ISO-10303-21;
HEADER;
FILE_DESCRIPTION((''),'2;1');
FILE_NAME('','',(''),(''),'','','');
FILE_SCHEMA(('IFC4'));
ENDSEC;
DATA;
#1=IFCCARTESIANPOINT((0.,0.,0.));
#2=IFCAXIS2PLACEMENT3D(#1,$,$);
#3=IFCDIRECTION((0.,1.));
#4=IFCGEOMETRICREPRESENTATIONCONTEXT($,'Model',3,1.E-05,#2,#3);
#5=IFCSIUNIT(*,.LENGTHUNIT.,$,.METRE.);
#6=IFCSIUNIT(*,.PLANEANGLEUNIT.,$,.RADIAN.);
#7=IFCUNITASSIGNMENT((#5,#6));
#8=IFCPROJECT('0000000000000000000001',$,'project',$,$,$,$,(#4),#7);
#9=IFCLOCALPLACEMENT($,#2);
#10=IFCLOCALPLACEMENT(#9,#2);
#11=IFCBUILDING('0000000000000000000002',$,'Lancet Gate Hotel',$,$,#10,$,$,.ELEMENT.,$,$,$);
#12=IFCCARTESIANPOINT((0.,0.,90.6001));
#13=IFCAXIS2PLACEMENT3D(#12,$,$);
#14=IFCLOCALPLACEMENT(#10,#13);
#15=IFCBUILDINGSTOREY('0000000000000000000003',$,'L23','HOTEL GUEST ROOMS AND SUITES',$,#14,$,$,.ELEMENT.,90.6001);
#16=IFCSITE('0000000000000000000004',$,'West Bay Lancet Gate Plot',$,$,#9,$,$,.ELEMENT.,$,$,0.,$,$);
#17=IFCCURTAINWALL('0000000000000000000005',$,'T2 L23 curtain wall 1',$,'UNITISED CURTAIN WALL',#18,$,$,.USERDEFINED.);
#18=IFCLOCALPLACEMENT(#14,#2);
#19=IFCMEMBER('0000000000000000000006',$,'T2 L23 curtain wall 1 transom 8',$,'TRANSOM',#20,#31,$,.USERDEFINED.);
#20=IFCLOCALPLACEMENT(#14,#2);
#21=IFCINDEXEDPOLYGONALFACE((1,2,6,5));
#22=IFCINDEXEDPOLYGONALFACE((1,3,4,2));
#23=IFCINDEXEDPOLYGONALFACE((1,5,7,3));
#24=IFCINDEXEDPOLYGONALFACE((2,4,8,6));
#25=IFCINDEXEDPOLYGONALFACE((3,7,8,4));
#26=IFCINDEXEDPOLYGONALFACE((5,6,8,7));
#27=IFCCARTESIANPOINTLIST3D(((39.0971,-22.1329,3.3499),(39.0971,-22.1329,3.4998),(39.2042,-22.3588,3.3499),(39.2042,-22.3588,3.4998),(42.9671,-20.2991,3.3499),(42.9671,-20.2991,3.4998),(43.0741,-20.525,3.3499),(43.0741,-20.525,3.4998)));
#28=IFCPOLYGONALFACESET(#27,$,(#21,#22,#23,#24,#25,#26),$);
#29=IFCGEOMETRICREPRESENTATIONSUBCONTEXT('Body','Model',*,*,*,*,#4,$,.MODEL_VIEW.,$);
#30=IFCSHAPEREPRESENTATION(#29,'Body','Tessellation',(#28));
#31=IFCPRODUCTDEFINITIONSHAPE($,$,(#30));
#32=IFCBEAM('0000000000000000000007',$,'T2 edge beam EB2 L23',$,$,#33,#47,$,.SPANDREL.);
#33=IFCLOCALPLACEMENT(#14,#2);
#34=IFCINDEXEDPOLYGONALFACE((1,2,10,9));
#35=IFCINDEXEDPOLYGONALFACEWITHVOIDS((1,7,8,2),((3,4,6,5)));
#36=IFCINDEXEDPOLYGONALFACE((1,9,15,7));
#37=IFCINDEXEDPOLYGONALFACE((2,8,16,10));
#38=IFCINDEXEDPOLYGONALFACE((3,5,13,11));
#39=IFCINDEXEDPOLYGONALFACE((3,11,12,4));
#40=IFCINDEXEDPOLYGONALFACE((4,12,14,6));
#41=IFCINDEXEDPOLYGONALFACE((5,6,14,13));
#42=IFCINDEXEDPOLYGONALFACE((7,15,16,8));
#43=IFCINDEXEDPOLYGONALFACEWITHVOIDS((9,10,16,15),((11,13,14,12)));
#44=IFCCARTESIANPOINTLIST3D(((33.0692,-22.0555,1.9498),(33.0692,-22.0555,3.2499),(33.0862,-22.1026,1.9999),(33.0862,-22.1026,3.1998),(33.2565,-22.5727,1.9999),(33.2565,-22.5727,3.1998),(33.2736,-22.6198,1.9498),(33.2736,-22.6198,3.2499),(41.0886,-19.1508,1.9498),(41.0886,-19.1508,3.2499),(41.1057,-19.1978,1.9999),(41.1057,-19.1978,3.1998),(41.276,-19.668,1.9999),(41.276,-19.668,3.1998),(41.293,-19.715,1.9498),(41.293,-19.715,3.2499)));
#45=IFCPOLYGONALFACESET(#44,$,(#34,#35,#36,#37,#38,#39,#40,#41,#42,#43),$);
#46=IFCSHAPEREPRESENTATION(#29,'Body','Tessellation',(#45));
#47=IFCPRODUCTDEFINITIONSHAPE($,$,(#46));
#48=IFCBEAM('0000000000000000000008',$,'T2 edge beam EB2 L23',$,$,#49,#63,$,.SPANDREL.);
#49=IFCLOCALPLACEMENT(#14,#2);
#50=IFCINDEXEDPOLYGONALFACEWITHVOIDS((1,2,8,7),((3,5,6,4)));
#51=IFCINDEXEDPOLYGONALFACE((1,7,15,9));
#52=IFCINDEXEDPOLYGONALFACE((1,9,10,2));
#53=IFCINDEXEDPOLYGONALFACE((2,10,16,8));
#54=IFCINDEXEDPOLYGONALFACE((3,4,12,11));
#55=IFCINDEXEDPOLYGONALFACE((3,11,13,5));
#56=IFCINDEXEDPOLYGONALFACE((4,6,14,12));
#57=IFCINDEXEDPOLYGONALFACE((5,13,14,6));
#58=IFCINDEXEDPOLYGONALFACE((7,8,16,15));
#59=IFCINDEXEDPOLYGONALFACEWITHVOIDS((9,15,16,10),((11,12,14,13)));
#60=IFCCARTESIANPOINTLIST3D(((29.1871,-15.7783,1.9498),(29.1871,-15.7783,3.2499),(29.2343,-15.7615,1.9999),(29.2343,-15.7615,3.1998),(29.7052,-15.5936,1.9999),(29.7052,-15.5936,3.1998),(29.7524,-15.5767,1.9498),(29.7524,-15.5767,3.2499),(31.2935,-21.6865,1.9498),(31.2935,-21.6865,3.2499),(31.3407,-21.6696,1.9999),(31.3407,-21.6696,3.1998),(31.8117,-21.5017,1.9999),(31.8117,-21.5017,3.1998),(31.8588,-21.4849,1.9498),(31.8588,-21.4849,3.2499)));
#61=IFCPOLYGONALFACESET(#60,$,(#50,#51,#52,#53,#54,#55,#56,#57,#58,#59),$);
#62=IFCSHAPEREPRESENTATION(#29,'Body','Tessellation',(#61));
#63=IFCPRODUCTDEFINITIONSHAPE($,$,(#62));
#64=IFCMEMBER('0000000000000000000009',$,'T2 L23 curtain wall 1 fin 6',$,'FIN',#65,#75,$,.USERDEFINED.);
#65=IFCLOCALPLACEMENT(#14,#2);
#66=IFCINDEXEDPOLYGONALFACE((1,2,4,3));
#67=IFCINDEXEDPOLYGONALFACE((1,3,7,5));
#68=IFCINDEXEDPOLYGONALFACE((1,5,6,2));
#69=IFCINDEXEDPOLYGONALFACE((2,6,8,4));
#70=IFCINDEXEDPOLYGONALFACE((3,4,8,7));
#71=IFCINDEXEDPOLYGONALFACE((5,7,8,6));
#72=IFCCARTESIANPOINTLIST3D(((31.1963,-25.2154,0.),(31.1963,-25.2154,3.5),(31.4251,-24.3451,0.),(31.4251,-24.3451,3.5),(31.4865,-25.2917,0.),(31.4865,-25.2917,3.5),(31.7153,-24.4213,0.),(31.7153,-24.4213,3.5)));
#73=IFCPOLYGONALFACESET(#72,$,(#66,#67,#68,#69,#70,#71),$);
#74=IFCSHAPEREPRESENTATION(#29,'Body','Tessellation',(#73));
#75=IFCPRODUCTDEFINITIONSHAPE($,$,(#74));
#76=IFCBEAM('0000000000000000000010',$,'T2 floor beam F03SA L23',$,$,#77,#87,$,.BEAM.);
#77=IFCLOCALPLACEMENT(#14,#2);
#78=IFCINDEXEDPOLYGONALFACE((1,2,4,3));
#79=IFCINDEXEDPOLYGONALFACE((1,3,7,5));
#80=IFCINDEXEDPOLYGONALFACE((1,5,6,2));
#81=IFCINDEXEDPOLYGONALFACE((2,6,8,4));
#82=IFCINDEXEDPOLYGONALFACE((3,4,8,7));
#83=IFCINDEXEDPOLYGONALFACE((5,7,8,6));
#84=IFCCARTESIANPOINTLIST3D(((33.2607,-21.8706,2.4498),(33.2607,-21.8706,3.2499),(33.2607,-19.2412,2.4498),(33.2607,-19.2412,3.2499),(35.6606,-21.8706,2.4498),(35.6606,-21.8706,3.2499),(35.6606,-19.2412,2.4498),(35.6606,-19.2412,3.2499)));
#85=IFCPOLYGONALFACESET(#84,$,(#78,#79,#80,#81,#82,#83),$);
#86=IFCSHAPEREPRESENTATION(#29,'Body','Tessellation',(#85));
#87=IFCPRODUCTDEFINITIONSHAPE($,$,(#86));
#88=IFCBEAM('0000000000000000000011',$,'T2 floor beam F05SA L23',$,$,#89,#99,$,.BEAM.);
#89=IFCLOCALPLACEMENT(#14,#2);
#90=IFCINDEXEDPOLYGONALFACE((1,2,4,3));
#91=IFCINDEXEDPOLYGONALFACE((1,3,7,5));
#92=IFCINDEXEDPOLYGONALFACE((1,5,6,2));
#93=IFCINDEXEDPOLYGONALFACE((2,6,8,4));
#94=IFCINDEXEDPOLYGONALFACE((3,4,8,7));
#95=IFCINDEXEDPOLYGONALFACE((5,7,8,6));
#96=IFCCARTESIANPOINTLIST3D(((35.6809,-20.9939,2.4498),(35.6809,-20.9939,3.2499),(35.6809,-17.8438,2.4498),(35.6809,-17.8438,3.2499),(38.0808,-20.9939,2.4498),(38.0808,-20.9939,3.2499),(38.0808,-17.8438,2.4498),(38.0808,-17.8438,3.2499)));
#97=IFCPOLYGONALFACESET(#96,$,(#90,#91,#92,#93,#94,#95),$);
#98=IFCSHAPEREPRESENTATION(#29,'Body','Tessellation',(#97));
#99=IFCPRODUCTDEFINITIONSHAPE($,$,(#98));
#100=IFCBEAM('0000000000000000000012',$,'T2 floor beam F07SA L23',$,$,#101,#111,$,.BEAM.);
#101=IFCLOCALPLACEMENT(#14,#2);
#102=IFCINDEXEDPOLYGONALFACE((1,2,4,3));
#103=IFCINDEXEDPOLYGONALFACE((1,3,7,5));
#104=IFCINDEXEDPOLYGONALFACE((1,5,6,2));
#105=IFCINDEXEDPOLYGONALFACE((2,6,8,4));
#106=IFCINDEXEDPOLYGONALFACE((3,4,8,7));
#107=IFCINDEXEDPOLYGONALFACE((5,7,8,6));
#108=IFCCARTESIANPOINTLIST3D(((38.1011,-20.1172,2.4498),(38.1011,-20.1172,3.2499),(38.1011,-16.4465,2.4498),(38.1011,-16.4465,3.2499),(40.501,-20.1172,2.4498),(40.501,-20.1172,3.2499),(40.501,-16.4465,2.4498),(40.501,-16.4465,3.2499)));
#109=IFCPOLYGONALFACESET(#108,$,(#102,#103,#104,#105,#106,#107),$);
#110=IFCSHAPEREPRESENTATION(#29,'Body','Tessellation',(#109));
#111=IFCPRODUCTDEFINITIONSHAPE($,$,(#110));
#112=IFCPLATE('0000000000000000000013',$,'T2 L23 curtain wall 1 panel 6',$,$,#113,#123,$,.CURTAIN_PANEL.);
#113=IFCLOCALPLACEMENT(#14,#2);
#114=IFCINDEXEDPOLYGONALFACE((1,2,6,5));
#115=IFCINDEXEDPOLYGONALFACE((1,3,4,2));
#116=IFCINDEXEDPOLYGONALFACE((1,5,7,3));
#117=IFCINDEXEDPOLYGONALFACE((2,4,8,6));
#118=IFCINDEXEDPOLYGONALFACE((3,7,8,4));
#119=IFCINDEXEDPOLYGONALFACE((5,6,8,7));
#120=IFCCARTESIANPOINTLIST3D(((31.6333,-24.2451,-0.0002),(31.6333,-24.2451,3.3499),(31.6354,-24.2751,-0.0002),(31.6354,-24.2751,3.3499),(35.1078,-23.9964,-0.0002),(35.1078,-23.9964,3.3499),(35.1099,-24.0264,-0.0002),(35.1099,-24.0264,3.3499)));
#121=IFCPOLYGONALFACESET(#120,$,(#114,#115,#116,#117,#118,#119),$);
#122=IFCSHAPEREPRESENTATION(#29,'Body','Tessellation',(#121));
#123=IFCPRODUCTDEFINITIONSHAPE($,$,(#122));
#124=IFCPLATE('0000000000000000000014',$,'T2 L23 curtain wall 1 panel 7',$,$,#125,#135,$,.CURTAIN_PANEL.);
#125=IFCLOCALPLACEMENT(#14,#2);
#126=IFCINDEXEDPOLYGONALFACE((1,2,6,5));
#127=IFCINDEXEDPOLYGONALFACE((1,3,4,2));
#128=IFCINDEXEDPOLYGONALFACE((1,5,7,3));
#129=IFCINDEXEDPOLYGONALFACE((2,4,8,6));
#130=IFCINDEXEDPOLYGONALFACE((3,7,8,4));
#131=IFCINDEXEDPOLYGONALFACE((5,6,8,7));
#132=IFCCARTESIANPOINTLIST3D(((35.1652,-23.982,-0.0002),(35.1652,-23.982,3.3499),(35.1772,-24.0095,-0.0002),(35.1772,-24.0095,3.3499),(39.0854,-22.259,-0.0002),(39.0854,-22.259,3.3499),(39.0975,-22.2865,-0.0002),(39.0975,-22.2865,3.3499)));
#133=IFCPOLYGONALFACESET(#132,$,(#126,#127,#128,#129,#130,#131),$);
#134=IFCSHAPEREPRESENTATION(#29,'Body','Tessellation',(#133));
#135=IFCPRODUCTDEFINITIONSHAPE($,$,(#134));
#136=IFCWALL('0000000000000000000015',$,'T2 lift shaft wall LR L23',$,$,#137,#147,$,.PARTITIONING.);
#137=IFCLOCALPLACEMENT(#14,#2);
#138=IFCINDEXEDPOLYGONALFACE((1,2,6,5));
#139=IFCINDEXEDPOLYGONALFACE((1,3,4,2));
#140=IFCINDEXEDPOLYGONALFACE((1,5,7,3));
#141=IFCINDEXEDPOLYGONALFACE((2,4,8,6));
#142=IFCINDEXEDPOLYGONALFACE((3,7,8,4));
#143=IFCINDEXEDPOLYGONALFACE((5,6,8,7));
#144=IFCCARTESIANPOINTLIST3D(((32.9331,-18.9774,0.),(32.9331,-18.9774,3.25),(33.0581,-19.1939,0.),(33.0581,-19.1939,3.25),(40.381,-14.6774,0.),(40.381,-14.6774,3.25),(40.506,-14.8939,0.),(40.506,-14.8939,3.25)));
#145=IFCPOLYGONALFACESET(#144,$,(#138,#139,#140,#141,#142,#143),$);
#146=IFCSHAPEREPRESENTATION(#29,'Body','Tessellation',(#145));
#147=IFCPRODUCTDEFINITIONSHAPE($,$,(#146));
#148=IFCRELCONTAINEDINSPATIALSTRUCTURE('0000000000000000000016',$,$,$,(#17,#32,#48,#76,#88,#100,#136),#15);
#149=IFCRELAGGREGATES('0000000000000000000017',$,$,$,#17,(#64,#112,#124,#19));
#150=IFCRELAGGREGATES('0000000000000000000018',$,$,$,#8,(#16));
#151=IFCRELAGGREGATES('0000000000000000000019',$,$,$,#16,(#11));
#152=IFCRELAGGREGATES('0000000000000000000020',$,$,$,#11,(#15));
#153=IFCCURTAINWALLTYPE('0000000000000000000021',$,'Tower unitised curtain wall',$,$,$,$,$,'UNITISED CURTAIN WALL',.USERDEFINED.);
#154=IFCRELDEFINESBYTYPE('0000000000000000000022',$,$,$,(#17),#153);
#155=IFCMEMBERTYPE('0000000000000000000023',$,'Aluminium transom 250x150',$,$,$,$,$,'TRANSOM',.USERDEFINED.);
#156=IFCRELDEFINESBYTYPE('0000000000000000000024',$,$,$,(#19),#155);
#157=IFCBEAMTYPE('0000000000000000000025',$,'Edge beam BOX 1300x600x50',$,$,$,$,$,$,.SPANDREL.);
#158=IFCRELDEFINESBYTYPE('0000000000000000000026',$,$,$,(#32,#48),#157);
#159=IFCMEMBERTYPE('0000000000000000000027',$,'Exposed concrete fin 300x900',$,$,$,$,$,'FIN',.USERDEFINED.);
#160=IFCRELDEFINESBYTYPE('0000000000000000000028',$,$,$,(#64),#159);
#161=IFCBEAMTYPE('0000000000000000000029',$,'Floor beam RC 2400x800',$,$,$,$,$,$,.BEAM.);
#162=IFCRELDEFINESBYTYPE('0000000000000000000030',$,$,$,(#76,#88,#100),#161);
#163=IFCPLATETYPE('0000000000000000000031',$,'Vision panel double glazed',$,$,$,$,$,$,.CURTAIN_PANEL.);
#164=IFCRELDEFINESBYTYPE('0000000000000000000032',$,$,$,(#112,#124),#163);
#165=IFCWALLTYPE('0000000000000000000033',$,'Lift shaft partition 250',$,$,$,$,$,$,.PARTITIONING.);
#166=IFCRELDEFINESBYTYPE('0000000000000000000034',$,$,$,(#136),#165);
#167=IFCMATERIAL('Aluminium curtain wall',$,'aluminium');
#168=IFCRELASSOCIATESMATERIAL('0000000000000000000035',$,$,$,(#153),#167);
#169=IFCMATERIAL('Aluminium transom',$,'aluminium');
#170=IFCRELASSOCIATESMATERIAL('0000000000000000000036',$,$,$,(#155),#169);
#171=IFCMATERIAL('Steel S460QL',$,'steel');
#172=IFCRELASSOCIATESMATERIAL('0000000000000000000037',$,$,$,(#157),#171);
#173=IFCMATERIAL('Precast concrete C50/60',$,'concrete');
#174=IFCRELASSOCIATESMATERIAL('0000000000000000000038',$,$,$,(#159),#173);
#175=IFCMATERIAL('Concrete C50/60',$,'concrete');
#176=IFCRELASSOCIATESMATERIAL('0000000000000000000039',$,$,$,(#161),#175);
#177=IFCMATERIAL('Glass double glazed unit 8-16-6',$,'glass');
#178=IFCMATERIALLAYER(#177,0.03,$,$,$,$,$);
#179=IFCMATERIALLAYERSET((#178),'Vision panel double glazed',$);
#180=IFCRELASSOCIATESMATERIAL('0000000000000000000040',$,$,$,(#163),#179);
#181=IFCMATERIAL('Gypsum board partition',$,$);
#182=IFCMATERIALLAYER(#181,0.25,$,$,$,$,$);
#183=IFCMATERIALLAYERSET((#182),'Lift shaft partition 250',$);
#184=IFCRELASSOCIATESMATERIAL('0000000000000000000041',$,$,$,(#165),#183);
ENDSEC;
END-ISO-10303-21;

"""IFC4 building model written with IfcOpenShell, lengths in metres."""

from ifc_helpers import new_model, si_unit, direction, frame, frame_2d, origin, origin_2d, place, context, subcontext, project, spatial, rectangle, hollow_rectangle, extrude, material, layer, layer_set, material_profile, profile_set, type_object, element, aggregate, save


model = new_model("IFC4")

# Units and contexts
model_context = context("Model", 3, precision=1e-05, world=origin(), true_north=direction((0.0, 1.0)))
body_context = subcontext(model_context, "Body", "Model", "MODEL_VIEW")
ifc_project = project(units=[si_unit("LENGTHUNIT", "METRE"), si_unit("PLANEANGLEUNIT", "RADIAN")], contexts=[model_context])

# Site, building, storey
site_placement = place(None, origin())
site = spatial("IfcSite", under=ifc_project, at=site_placement, Name="West Bay Lancet Gate Plot", CompositionType="ELEMENT", RefElevation=0.0)
building_placement = place(site_placement, origin())
building = spatial("IfcBuilding", under=site, at=building_placement, Name="Lancet Gate Hotel", CompositionType="ELEMENT")
storey_placement = place(building_placement, frame((0.0, 0.0, 90.6001)))
storey = spatial("IfcBuildingStorey", under=building, at=storey_placement, Name="L23", Description="HOTEL GUEST ROOMS AND SUITES", CompositionType="ELEMENT", Elevation=90.6001)

# Curtain wall, member
ifc_material_1 = material(Name="Aluminium curtain wall", Category="aluminium")
curtain_wall_type = type_object("IfcCurtainWallType", Name="Tower unitised curtain wall", ElementType="UNITISED CURTAIN WALL", PredefinedType="USERDEFINED", material=ifc_material_1)
curtain_wall_placement = place(storey_placement, origin())
curtain_wall = element("IfcCurtainWall", 1, at=curtain_wall_placement, inside=storey, type_object=curtain_wall_type, Name="T2 L23 curtain wall 1", ObjectType="UNITISED CURTAIN WALL", PredefinedType="USERDEFINED")
ifc_material_2 = material(Name="Aluminium transom", Category="aluminium")
ifc_material_profile_1 = material_profile(ifc_material_2, rectangle(XDim=0.25, YDim=0.1499, at=origin_2d()), Name="TRANSOM 250x150")
ifc_profile_set_1 = profile_set([ifc_material_profile_1], Name="Aluminium transom")
member_type_1 = type_object("IfcMemberType", Name="Aluminium transom 250x150", ElementType="TRANSOM", PredefinedType="USERDEFINED", material=ifc_profile_set_1)
member_1_placement = place(storey_placement, frame((39.1506, -22.2458, 3.4248), z_axis=(0.90368, 0.428209, 0.0), x_axis=(-0.428209, 0.90368, 0.0)))
member_1 = element("IfcMember", 2, at=member_1_placement, type_object=member_type_1, Name="T2 L23 curtain wall 1 transom 8", ObjectType="TRANSOM", PredefinedType="USERDEFINED", context=body_context, shape_type="SweptSolid", body=[
    extrude(rectangle(XDim=0.25, YDim=0.1499, at=origin_2d()), origin(), (0.0, 0.0, 1.0), 4.2825),
])

# Beams
ifc_material_3 = material(Name="Steel S460QL", Category="steel")
ifc_material_profile_2 = material_profile(ifc_material_3, hollow_rectangle(XDim=0.6001, YDim=1.3, WallThickness=0.05, at=origin_2d()), Name="BOX 1300x600x50")
ifc_profile_set_2 = profile_set([ifc_material_profile_2], Name="Steel S460QL")
beam_type_1 = type_object("IfcBeamType", Name="Edge beam BOX 1300x600x50", PredefinedType="SPANDREL", material=ifc_profile_set_2)
beam_1_placement = place(storey_placement, frame((33.1714, -22.3376, 2.5999), z_axis=(0.940222, 0.340562, 0.0), x_axis=(-0.340562, 0.940222, 0.0)))
element("IfcBeam", 3, at=beam_1_placement, inside=storey, type_object=beam_type_1, Name="T2 edge beam EB2 L23", PredefinedType="SPANDREL", context=body_context, shape_type="SweptSolid", body=[
    extrude(hollow_rectangle(XDim=0.6001, YDim=1.3, WallThickness=0.05, at=origin_2d()), origin(), (0.0, 0.0, 1.0), 8.5293),
])
beam_2_placement = place(storey_placement, frame((31.5762, -21.5857, 2.5999), z_axis=(-0.335823, 0.941925, 0.0), x_axis=(-0.941925, -0.335823, 0.0)))
element("IfcBeam", 4, at=beam_2_placement, inside=storey, type_object=beam_type_1, Name="T2 edge beam EB2 L23", PredefinedType="SPANDREL", context=body_context, shape_type="SweptSolid", body=[
    extrude(hollow_rectangle(XDim=0.6001, YDim=1.3, WallThickness=0.05, at=origin_2d()), origin(), (0.0, 0.0, 1.0), 6.2725),
])

# Member
ifc_material_4 = material(Name="Precast concrete C50/60", Category="concrete")
ifc_material_profile_3 = material_profile(ifc_material_4, rectangle(XDim=0.3, YDim=0.8999, at=origin_2d()), Name="FIN 300x900")
ifc_profile_set_3 = profile_set([ifc_material_profile_3], Name="Precast concrete C50/60")
member_type_2 = type_object("IfcMemberType", Name="Exposed concrete fin 300x900", ElementType="FIN", PredefinedType="USERDEFINED", material=ifc_profile_set_3)
member_2_placement = place(storey_placement, frame((31.4558, -24.8184, 0.0), z_axis=(0.0, 0.0, 1.0), x_axis=(0.967157, -0.254179, 0.0)))
member_2 = element("IfcMember", 5, at=member_2_placement, type_object=member_type_2, Name="T2 L23 curtain wall 1 fin 6", ObjectType="FIN", PredefinedType="USERDEFINED", context=body_context, shape_type="SweptSolid", body=[
    extrude(rectangle(XDim=0.3, YDim=0.8999, at=origin_2d()), origin(), (0.0, 0.0, 1.0), 3.5),
])

# Beams
ifc_material_5 = material(Name="Concrete C50/60", Category="concrete")
ifc_material_profile_4 = material_profile(ifc_material_5, rectangle(XDim=2.3999, YDim=0.8, at=origin_2d()), Name="RC 2400x800")
ifc_profile_set_4 = profile_set([ifc_material_profile_4], Name="Concrete C50/60")
beam_type_2 = type_object("IfcBeamType", Name="Floor beam RC 2400x800", PredefinedType="BEAM", material=ifc_profile_set_4)
beam_3_placement = place(storey_placement, frame((34.4607, -21.8706, 2.8499), z_axis=(0.0, 1.0, 0.0), x_axis=(-1.0, 0.0, 0.0)))
element("IfcBeam", 6, at=beam_3_placement, inside=storey, type_object=beam_type_2, Name="T2 floor beam F03SA L23", PredefinedType="BEAM", context=body_context, shape_type="SweptSolid", body=[
    extrude(rectangle(XDim=2.3999, YDim=0.8, at=origin_2d()), origin(), (0.0, 0.0, 1.0), 2.6294),
])
beam_4_placement = place(storey_placement, frame((36.8809, -20.9939, 2.8499), z_axis=(0.0, 1.0, 0.0), x_axis=(-1.0, 0.0, 0.0)))
element("IfcBeam", 7, at=beam_4_placement, inside=storey, type_object=beam_type_2, Name="T2 floor beam F05SA L23", PredefinedType="BEAM", context=body_context, shape_type="SweptSolid", body=[
    extrude(rectangle(XDim=2.3999, YDim=0.8, at=origin_2d()), origin(), (0.0, 0.0, 1.0), 3.1501),
])
beam_5_placement = place(storey_placement, frame((39.301, -20.1172, 2.8499), z_axis=(0.0, 1.0, 0.0), x_axis=(-1.0, 0.0, 0.0)))
element("IfcBeam", 8, at=beam_5_placement, inside=storey, type_object=beam_type_2, Name="T2 floor beam F07SA L23", PredefinedType="BEAM", context=body_context, shape_type="SweptSolid", body=[
    extrude(rectangle(XDim=2.3999, YDim=0.8, at=origin_2d()), origin(), (0.0, 0.0, 1.0), 3.6707),
])

# Plates
ifc_material_6 = material(Name="Glass double glazed unit 8-16-6", Category="glass")
ifc_layer_1 = layer(ifc_material_6, 0.03)
ifc_layer_set_1 = layer_set([ifc_layer_1], Name="Vision panel double glazed")
plate_type = type_object("IfcPlateType", Name="Vision panel double glazed", PredefinedType="CURTAIN_PANEL", material=ifc_layer_set_1)
plate_1_placement = place(storey_placement, frame((33.3716, -24.1357, -0.0002), z_axis=(0.0, 0.0, 1.0), x_axis=(0.997448, 0.07139, 0.0)))
plate_1 = element("IfcPlate", 9, at=plate_1_placement, type_object=plate_type, Name="T2 L23 curtain wall 1 panel 6", PredefinedType="CURTAIN_PANEL", context=body_context, shape_type="SweptSolid", body=[
    extrude(rectangle(XDim=3.4834, YDim=0.03, at=origin_2d()), origin(), (0.0, 0.0, 1.0), 3.3501),
])
plate_2_placement = place(storey_placement, frame((37.1313, -23.1343, -0.0002), z_axis=(0.0, 0.0, 1.0), x_axis=(0.915479, 0.402367, 0.0)))
plate_2 = element("IfcPlate", 10, at=plate_2_placement, type_object=plate_type, Name="T2 L23 curtain wall 1 panel 7", PredefinedType="CURTAIN_PANEL", context=body_context, shape_type="SweptSolid", body=[
    extrude(rectangle(XDim=4.2822, YDim=0.03, at=origin_2d()), origin(), (0.0, 0.0, 1.0), 3.3501),
])
aggregate(curtain_wall, [member_2, plate_1, plate_2, member_1])

# Wall
ifc_material_7 = material(Name="Gypsum board partition")
ifc_layer_2 = layer(ifc_material_7, 0.25)
ifc_layer_set_2 = layer_set([ifc_layer_2], Name="Lift shaft partition 250")
wall_type = type_object("IfcWallType", Name="Lift shaft partition 250", PredefinedType="PARTITIONING", material=ifc_layer_set_2)
wall_placement = place(storey_placement, frame((32.9956, -19.0857, 0.0), z_axis=(0.0, 0.0, 1.0), x_axis=(0.866028, 0.499995, 0.0)))
element("IfcWall", 11, at=wall_placement, inside=storey, type_object=wall_type, Name="T2 lift shaft wall LR L23", PredefinedType="PARTITIONING", context=body_context, shape_type="SweptSolid", body=[
    extrude(rectangle(XDim=8.6001, YDim=0.25, at=frame_2d((4.3, 0.0))), origin(), (0.0, 0.0, 1.0), 3.25),
])

save(model, "model.ifc")
